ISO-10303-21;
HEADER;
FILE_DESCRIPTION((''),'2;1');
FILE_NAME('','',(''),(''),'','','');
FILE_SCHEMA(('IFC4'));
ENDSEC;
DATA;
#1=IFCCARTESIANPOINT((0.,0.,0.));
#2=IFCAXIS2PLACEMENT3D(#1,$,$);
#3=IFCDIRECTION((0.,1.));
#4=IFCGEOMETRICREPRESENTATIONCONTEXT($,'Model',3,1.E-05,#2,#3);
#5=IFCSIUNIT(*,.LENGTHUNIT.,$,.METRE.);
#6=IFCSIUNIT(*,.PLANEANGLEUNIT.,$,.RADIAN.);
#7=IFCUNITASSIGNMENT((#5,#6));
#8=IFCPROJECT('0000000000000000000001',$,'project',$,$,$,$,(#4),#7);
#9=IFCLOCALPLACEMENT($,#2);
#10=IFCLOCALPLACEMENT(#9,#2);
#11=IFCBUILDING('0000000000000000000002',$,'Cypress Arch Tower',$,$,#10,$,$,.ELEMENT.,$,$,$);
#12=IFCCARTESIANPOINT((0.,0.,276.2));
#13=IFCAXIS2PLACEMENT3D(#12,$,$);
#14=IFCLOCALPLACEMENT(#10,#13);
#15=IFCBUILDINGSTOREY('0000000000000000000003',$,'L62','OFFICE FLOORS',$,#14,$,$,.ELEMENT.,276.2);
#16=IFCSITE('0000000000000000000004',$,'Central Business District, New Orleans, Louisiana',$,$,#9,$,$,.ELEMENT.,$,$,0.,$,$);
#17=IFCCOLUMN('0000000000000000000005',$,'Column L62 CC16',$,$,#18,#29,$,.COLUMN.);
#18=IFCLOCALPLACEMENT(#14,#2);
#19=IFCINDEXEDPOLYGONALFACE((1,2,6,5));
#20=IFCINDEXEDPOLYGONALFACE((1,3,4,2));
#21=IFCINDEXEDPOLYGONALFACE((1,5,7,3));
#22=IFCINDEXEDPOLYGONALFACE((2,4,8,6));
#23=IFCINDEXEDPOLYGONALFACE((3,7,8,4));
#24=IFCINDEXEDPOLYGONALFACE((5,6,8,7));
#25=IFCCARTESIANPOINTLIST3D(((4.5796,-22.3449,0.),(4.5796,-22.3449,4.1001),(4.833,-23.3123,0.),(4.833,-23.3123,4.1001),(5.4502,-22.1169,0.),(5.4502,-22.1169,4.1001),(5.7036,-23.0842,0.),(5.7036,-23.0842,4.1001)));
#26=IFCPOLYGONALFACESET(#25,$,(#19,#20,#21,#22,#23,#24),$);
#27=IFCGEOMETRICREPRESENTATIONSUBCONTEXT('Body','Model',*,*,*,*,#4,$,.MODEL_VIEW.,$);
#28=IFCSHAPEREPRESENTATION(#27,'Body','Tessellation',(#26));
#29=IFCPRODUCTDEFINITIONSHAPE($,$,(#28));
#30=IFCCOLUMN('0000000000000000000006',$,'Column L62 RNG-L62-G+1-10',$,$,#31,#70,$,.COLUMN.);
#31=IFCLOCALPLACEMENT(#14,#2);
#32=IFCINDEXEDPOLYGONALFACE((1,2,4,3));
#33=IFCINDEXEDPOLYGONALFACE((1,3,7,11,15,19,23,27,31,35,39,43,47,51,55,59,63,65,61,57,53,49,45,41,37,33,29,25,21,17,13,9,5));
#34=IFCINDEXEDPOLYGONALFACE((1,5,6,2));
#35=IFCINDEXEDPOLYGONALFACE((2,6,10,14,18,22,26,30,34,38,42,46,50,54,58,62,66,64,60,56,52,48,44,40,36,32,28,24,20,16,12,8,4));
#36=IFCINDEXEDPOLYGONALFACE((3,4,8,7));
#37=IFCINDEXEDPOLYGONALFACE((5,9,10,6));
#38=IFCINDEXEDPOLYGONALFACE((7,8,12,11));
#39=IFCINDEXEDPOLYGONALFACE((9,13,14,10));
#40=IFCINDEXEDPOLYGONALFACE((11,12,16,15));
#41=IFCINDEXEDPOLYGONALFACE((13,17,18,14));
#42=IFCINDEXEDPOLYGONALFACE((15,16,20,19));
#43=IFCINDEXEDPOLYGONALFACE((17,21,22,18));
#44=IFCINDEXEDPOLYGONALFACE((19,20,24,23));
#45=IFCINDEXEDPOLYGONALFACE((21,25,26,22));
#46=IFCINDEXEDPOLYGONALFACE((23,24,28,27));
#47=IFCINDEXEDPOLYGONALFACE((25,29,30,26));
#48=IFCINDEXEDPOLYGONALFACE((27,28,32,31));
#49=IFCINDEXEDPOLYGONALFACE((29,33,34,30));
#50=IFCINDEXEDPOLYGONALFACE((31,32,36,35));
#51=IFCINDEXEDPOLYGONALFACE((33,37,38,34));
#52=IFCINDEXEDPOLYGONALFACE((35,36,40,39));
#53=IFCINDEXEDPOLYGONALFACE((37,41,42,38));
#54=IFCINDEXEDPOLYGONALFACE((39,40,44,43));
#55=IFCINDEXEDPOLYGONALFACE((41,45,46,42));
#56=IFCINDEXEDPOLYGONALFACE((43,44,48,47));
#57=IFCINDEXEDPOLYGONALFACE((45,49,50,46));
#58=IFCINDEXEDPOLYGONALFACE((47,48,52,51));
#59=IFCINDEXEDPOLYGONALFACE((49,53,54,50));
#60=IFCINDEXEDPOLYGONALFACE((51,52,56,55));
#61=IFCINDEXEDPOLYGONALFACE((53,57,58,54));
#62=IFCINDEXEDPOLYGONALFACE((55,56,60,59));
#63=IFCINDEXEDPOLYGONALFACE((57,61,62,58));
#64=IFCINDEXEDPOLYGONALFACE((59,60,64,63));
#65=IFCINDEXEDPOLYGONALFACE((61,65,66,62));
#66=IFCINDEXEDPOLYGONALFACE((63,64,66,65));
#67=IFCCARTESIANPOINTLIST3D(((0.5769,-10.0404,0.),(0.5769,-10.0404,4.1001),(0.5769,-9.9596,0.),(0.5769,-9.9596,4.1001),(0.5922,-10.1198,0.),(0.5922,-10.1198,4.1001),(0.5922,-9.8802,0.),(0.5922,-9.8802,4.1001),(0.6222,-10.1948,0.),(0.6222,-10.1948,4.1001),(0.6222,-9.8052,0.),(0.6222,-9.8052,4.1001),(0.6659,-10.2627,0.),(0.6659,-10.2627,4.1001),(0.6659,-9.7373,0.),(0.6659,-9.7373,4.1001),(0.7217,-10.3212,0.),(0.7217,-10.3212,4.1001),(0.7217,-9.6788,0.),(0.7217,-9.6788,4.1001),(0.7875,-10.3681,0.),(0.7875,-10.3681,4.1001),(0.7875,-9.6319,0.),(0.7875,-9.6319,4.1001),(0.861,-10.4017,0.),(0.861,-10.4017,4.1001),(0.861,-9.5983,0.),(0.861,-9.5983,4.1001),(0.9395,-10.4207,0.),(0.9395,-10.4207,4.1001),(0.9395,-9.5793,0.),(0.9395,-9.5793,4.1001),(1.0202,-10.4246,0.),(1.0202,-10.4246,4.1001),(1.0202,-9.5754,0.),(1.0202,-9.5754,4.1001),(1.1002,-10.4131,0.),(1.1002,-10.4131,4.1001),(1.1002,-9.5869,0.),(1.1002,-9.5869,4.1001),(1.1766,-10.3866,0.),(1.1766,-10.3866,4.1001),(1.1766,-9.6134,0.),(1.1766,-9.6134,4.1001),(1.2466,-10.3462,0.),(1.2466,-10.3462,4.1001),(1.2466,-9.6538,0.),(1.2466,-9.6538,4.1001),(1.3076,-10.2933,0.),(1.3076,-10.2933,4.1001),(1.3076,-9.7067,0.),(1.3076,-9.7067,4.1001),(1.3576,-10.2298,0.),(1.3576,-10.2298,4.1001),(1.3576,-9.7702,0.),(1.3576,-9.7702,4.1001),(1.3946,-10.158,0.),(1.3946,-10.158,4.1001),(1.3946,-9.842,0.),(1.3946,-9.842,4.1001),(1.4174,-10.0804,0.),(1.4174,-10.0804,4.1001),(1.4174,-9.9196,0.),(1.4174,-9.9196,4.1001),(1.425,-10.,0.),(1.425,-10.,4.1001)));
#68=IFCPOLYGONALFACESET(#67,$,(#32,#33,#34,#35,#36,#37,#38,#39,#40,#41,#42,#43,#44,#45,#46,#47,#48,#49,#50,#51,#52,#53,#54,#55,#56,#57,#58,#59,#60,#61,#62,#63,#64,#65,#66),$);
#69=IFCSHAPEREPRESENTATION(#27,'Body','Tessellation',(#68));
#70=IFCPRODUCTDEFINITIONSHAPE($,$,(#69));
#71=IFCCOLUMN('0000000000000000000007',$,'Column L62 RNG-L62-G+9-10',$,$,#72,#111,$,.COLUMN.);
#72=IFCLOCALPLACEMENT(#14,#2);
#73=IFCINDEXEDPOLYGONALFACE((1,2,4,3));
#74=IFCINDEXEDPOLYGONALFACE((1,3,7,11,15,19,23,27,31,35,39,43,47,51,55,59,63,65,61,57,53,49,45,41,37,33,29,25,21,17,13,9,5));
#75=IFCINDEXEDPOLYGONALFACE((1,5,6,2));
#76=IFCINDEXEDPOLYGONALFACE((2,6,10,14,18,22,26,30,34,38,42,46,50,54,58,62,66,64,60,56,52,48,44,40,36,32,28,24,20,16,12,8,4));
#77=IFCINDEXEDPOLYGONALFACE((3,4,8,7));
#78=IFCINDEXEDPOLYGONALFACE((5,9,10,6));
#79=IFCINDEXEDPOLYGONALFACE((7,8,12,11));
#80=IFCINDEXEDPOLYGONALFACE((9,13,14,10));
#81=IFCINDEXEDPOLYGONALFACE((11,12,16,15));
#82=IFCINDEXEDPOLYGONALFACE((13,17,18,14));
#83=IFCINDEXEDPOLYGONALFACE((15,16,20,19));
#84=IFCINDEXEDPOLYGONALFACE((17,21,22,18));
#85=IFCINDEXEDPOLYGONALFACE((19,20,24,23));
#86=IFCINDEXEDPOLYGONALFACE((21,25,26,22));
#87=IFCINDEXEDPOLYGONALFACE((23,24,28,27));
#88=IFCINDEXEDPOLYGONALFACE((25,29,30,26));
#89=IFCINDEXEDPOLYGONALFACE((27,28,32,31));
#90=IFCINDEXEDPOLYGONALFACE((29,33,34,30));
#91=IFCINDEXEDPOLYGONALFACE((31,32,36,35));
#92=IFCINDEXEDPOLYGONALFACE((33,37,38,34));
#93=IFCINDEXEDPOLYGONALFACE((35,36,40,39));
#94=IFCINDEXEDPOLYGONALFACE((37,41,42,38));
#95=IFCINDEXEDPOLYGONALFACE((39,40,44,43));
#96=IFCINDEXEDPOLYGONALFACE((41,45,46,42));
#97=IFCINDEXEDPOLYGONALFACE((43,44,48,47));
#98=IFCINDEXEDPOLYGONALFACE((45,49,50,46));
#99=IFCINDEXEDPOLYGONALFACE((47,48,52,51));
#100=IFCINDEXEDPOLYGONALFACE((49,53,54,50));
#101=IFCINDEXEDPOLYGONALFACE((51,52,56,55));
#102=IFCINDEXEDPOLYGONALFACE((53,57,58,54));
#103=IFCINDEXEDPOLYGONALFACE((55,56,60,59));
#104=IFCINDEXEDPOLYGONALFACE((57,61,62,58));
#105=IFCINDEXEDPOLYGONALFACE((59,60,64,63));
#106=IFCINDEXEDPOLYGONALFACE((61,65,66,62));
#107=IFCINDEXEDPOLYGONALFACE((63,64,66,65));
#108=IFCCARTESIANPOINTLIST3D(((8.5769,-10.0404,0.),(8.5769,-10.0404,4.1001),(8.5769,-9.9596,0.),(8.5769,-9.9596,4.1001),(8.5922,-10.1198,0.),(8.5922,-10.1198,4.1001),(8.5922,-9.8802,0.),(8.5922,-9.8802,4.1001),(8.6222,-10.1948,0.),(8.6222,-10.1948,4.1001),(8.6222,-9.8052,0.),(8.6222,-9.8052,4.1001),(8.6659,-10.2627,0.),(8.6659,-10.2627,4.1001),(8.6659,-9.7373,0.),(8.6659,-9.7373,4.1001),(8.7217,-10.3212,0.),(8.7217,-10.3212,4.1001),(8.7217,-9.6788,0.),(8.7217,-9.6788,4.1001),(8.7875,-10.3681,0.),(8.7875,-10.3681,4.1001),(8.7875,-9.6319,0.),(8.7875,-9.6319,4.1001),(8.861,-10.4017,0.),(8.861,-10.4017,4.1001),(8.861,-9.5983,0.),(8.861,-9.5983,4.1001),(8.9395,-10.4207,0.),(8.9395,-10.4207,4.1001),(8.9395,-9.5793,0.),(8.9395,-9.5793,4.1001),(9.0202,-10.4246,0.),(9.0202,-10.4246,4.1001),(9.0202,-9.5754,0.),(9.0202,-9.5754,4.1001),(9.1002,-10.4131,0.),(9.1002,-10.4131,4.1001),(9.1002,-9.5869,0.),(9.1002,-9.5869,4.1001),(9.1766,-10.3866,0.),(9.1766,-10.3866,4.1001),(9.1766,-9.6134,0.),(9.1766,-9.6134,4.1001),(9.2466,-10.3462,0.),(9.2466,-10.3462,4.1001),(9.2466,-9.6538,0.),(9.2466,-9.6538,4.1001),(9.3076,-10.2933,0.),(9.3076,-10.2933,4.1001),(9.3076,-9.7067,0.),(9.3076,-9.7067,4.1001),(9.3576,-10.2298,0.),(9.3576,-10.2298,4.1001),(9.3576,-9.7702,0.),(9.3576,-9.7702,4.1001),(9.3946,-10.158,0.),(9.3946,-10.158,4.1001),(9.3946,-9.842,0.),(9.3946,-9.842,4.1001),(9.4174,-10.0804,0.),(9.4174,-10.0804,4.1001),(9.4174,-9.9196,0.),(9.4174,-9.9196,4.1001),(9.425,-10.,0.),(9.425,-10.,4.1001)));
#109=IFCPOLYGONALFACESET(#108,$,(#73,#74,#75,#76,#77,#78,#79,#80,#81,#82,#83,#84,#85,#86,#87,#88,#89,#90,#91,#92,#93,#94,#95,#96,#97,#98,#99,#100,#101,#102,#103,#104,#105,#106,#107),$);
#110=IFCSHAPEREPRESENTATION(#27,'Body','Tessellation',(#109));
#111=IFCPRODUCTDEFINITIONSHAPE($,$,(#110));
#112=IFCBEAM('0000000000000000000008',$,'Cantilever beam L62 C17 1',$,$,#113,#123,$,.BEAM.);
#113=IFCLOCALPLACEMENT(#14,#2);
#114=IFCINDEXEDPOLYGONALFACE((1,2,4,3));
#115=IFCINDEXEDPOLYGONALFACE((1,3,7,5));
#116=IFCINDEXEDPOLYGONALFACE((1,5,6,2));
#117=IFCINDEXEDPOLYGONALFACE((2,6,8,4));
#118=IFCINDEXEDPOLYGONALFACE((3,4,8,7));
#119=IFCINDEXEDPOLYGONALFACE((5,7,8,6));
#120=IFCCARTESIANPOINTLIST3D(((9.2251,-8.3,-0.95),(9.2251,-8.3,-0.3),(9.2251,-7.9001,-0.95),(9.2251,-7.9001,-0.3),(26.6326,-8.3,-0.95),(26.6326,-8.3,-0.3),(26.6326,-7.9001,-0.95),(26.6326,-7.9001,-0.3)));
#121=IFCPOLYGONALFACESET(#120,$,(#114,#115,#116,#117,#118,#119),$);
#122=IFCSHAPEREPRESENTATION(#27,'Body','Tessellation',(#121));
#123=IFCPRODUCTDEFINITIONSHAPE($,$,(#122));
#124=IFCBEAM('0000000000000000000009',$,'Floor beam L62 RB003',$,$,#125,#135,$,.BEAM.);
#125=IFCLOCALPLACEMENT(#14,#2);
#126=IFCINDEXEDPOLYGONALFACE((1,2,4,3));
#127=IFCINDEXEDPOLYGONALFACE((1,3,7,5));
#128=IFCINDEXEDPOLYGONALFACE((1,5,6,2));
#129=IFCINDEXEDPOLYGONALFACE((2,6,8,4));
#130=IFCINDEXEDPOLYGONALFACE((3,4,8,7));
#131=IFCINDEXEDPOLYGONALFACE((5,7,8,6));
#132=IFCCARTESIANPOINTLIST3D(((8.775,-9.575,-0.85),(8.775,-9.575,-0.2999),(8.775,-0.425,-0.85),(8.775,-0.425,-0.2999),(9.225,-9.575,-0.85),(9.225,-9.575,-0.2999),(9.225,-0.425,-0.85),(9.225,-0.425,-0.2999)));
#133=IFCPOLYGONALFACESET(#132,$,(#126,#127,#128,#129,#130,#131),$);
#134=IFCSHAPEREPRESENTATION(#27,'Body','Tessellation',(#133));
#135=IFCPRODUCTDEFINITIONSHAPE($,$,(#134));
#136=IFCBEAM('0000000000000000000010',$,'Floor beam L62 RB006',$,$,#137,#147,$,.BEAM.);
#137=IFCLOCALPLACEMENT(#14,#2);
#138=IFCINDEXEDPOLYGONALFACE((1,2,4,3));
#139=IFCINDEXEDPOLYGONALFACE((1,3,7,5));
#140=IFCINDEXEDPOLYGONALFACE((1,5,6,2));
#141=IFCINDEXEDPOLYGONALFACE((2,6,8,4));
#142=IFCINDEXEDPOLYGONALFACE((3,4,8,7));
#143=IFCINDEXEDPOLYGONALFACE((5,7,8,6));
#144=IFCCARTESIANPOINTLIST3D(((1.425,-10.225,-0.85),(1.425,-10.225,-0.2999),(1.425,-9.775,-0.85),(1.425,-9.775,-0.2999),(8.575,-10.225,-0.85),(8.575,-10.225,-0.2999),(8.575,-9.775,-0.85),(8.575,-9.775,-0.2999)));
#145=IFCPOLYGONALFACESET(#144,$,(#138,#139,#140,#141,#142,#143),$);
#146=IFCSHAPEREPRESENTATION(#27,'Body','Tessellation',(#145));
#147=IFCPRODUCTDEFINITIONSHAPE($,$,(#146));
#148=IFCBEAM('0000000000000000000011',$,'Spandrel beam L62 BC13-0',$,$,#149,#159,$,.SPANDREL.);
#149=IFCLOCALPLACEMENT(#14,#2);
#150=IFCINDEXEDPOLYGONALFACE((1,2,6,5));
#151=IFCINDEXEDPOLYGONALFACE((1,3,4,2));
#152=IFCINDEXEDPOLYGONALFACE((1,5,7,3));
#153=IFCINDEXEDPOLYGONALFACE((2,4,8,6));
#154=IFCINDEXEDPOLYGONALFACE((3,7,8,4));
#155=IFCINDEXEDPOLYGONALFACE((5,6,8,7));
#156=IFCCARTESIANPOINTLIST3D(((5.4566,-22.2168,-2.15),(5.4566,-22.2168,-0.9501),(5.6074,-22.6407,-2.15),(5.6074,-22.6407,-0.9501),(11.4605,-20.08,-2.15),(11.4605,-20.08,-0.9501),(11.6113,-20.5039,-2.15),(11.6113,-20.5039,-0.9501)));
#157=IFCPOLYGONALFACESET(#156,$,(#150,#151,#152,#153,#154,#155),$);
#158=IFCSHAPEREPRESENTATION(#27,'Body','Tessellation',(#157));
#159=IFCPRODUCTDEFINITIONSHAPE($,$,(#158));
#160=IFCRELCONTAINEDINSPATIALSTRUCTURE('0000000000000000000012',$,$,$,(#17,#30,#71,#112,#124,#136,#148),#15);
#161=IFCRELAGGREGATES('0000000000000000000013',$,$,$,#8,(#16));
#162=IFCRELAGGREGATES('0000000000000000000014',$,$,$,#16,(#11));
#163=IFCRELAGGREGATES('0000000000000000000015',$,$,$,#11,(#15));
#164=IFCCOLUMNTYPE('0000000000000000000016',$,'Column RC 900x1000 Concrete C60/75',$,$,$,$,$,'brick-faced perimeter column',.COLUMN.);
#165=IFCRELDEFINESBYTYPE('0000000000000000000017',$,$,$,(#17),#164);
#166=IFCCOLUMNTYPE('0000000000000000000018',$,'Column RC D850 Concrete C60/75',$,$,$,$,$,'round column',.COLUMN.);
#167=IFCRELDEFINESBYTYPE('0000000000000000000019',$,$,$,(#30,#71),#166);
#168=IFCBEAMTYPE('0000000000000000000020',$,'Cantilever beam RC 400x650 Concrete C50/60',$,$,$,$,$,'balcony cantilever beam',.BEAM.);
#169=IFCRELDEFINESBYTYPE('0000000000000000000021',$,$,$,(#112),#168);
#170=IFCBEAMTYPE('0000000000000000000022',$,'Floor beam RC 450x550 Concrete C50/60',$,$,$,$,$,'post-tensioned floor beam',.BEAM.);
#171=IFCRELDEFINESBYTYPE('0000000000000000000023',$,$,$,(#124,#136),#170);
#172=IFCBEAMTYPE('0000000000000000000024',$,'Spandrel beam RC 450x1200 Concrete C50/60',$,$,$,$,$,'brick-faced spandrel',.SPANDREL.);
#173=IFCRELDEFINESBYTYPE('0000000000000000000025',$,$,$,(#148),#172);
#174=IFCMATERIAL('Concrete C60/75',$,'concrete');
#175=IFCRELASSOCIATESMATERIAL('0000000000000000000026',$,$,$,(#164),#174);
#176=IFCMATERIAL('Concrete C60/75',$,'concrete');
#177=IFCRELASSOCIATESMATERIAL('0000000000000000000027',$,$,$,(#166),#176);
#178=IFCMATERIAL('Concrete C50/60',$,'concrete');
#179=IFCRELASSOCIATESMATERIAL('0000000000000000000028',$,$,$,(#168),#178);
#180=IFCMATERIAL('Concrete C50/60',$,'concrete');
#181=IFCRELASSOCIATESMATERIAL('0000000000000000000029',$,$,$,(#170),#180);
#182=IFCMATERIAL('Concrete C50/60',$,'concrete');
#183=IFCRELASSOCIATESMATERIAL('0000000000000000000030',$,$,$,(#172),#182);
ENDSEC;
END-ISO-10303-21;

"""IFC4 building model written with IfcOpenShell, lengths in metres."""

from ifc_helpers import new_model, si_unit, direction, frame, origin, origin_2d, place, context, subcontext, project, spatial, rectangle, circle, extrude, material, material_profile, profile_set, type_object, element, save


model = new_model("IFC4")

# Units and contexts
model_context = context("Model", 3, precision=1e-05, world=origin(), true_north=direction((0.0, 1.0)))
body_context = subcontext(model_context, "Body", "Model", "MODEL_VIEW")
ifc_project = project(units=[si_unit("LENGTHUNIT", "METRE"), si_unit("PLANEANGLEUNIT", "RADIAN")], contexts=[model_context])

# Site, building, storey
site_placement = place(None, origin())
site = spatial("IfcSite", under=ifc_project, at=site_placement, Name="Central Business District, New Orleans, Louisiana", CompositionType="ELEMENT", RefElevation=0.0)
building_placement = place(site_placement, origin())
building = spatial("IfcBuilding", under=site, at=building_placement, Name="Cypress Arch Tower", CompositionType="ELEMENT")
storey_placement = place(building_placement, frame((0.0, 0.0, 276.2)))
storey = spatial("IfcBuildingStorey", under=building, at=storey_placement, Name="L62", Description="OFFICE FLOORS", CompositionType="ELEMENT", Elevation=276.2)

# Columns
ifc_material_1 = material(Name="Concrete C60/75", Category="concrete")
ifc_material_profile_1 = material_profile(ifc_material_1, rectangle(XDim=0.8999, YDim=1.0, at=origin_2d()), Name="RC 900x1000")
ifc_profile_set_1 = profile_set([ifc_material_profile_1], Name="Concrete C60/75")
column_type_1 = type_object("IfcColumnType", Name="Column RC 900x1000 Concrete C60/75", ElementType="brick-faced perimeter column", PredefinedType="COLUMN", material=ifc_profile_set_1)
column_placement = place(storey_placement, frame((5.1416, -22.7146, 0.0), z_axis=(0.0, 0.0, 1.0), x_axis=(0.967356, 0.253422, 0.0)))
element("IfcColumn", 1, at=column_placement, inside=storey, type_object=column_type_1, Name="Column L62 CC16", PredefinedType="COLUMN", context=body_context, shape_type="SweptSolid", body=[
    extrude(rectangle(XDim=0.8999, YDim=1.0, at=origin_2d()), origin(), (0.0, 0.0, 1.0), 4.1001),
])
ifc_material_2 = material(Name="Concrete C60/75", Category="concrete")
ifc_material_profile_2 = material_profile(ifc_material_2, circle(Radius=0.425, at=origin_2d()), Name="RC D850")
ifc_profile_set_2 = profile_set([ifc_material_profile_2], Name="Concrete C60/75")
column_type_2 = type_object("IfcColumnType", Name="Column RC D850 Concrete C60/75", ElementType="round column", PredefinedType="COLUMN", material=ifc_profile_set_2)
for number, where, z_axis, x_axis, name in (
    (2, (1.0, -10.0, 0.0), (0.0, 0.0, 1.0), (1.0, 0.0, 0.0), "Column L62 RNG-L62-G+1-10"),
    (3, (9.0, -10.0, 0.0), (0.0, 0.0, 1.0), (1.0, 0.0, 0.0), "Column L62 RNG-L62-G+9-10"),
):
    element("IfcColumn", number, at=place(storey_placement, frame(where, z_axis=z_axis, x_axis=x_axis)), inside=storey, type_object=column_type_2, Name=name, PredefinedType="COLUMN", context=body_context, shape_type="SweptSolid", body=[
        extrude(circle(Radius=0.425, at=origin_2d()), origin(), (0.0, 0.0, 1.0), 4.1001),
    ])

# Beams
ifc_material_3 = material(Name="Concrete C50/60", Category="concrete")
ifc_material_profile_3 = material_profile(ifc_material_3, rectangle(XDim=0.3999, YDim=0.6499, at=origin_2d()), Name="RC 400x650")
ifc_profile_set_3 = profile_set([ifc_material_profile_3], Name="Concrete C50/60")
beam_type_1 = type_object("IfcBeamType", Name="Cantilever beam RC 400x650 Concrete C50/60", ElementType="balcony cantilever beam", PredefinedType="BEAM", material=ifc_profile_set_3)
beam_1_placement = place(storey_placement, frame((9.2251, -8.1001, -0.625), z_axis=(1.0, 0.0, 0.0), x_axis=(0.0, 1.0, 0.0)))
element("IfcBeam", 4, at=beam_1_placement, inside=storey, type_object=beam_type_1, Name="Cantilever beam L62 C17 1", PredefinedType="BEAM", context=body_context, shape_type="SweptSolid", body=[
    extrude(rectangle(XDim=0.3999, YDim=0.6499, at=origin_2d()), origin(), (0.0, 0.0, 1.0), 17.4075),
])
ifc_material_4 = material(Name="Concrete C50/60", Category="concrete")
ifc_material_profile_4 = material_profile(ifc_material_4, rectangle(XDim=0.45, YDim=0.55, at=origin_2d()), Name="RC 450x550")
ifc_profile_set_4 = profile_set([ifc_material_profile_4], Name="Concrete C50/60")
beam_type_2 = type_object("IfcBeamType", Name="Floor beam RC 450x550 Concrete C50/60", ElementType="post-tensioned floor beam", PredefinedType="BEAM", material=ifc_profile_set_4)
beam_2_placement = place(storey_placement, frame((9.0, -9.575, -0.575), z_axis=(0.0, 1.0, 0.0), x_axis=(-1.0, 0.0, 0.0)))
element("IfcBeam", 5, at=beam_2_placement, inside=storey, type_object=beam_type_2, Name="Floor beam L62 RB003", PredefinedType="BEAM", context=body_context, shape_type="SweptSolid", body=[
    extrude(rectangle(XDim=0.45, YDim=0.55, at=origin_2d()), origin(), (0.0, 0.0, 1.0), 9.1499),
])
beam_3_placement = place(storey_placement, frame((1.425, -10.0, -0.575), z_axis=(1.0, 0.0, 0.0), x_axis=(0.0, 1.0, 0.0)))
element("IfcBeam", 6, at=beam_3_placement, inside=storey, type_object=beam_type_2, Name="Floor beam L62 RB006", PredefinedType="BEAM", context=body_context, shape_type="SweptSolid", body=[
    extrude(rectangle(XDim=0.45, YDim=0.55, at=origin_2d()), origin(), (0.0, 0.0, 1.0), 7.1499),
])
ifc_material_5 = material(Name="Concrete C50/60", Category="concrete")
ifc_material_profile_5 = material_profile(ifc_material_5, rectangle(XDim=0.45, YDim=1.2, at=origin_2d()), Name="RC 450x1200")
ifc_profile_set_5 = profile_set([ifc_material_profile_5], Name="Concrete C50/60")
beam_type_3 = type_object("IfcBeamType", Name="Spandrel beam RC 450x1200 Concrete C50/60", ElementType="brick-faced spandrel", PredefinedType="SPANDREL", material=ifc_profile_set_5)
beam_4_placement = place(storey_placement, frame((5.532, -22.4287, -1.55), z_axis=(0.942116, 0.335288, 0.0), x_axis=(-0.335288, 0.942116, 0.0)))
element("IfcBeam", 7, at=beam_4_placement, inside=storey, type_object=beam_type_3, Name="Spandrel beam L62 BC13-0", PredefinedType="SPANDREL", context=body_context, shape_type="SweptSolid", body=[
    extrude(rectangle(XDim=0.45, YDim=1.2, at=origin_2d()), origin(), (0.0, 0.0, 1.0), 6.3728),
])

save(model, "model.ifc")
